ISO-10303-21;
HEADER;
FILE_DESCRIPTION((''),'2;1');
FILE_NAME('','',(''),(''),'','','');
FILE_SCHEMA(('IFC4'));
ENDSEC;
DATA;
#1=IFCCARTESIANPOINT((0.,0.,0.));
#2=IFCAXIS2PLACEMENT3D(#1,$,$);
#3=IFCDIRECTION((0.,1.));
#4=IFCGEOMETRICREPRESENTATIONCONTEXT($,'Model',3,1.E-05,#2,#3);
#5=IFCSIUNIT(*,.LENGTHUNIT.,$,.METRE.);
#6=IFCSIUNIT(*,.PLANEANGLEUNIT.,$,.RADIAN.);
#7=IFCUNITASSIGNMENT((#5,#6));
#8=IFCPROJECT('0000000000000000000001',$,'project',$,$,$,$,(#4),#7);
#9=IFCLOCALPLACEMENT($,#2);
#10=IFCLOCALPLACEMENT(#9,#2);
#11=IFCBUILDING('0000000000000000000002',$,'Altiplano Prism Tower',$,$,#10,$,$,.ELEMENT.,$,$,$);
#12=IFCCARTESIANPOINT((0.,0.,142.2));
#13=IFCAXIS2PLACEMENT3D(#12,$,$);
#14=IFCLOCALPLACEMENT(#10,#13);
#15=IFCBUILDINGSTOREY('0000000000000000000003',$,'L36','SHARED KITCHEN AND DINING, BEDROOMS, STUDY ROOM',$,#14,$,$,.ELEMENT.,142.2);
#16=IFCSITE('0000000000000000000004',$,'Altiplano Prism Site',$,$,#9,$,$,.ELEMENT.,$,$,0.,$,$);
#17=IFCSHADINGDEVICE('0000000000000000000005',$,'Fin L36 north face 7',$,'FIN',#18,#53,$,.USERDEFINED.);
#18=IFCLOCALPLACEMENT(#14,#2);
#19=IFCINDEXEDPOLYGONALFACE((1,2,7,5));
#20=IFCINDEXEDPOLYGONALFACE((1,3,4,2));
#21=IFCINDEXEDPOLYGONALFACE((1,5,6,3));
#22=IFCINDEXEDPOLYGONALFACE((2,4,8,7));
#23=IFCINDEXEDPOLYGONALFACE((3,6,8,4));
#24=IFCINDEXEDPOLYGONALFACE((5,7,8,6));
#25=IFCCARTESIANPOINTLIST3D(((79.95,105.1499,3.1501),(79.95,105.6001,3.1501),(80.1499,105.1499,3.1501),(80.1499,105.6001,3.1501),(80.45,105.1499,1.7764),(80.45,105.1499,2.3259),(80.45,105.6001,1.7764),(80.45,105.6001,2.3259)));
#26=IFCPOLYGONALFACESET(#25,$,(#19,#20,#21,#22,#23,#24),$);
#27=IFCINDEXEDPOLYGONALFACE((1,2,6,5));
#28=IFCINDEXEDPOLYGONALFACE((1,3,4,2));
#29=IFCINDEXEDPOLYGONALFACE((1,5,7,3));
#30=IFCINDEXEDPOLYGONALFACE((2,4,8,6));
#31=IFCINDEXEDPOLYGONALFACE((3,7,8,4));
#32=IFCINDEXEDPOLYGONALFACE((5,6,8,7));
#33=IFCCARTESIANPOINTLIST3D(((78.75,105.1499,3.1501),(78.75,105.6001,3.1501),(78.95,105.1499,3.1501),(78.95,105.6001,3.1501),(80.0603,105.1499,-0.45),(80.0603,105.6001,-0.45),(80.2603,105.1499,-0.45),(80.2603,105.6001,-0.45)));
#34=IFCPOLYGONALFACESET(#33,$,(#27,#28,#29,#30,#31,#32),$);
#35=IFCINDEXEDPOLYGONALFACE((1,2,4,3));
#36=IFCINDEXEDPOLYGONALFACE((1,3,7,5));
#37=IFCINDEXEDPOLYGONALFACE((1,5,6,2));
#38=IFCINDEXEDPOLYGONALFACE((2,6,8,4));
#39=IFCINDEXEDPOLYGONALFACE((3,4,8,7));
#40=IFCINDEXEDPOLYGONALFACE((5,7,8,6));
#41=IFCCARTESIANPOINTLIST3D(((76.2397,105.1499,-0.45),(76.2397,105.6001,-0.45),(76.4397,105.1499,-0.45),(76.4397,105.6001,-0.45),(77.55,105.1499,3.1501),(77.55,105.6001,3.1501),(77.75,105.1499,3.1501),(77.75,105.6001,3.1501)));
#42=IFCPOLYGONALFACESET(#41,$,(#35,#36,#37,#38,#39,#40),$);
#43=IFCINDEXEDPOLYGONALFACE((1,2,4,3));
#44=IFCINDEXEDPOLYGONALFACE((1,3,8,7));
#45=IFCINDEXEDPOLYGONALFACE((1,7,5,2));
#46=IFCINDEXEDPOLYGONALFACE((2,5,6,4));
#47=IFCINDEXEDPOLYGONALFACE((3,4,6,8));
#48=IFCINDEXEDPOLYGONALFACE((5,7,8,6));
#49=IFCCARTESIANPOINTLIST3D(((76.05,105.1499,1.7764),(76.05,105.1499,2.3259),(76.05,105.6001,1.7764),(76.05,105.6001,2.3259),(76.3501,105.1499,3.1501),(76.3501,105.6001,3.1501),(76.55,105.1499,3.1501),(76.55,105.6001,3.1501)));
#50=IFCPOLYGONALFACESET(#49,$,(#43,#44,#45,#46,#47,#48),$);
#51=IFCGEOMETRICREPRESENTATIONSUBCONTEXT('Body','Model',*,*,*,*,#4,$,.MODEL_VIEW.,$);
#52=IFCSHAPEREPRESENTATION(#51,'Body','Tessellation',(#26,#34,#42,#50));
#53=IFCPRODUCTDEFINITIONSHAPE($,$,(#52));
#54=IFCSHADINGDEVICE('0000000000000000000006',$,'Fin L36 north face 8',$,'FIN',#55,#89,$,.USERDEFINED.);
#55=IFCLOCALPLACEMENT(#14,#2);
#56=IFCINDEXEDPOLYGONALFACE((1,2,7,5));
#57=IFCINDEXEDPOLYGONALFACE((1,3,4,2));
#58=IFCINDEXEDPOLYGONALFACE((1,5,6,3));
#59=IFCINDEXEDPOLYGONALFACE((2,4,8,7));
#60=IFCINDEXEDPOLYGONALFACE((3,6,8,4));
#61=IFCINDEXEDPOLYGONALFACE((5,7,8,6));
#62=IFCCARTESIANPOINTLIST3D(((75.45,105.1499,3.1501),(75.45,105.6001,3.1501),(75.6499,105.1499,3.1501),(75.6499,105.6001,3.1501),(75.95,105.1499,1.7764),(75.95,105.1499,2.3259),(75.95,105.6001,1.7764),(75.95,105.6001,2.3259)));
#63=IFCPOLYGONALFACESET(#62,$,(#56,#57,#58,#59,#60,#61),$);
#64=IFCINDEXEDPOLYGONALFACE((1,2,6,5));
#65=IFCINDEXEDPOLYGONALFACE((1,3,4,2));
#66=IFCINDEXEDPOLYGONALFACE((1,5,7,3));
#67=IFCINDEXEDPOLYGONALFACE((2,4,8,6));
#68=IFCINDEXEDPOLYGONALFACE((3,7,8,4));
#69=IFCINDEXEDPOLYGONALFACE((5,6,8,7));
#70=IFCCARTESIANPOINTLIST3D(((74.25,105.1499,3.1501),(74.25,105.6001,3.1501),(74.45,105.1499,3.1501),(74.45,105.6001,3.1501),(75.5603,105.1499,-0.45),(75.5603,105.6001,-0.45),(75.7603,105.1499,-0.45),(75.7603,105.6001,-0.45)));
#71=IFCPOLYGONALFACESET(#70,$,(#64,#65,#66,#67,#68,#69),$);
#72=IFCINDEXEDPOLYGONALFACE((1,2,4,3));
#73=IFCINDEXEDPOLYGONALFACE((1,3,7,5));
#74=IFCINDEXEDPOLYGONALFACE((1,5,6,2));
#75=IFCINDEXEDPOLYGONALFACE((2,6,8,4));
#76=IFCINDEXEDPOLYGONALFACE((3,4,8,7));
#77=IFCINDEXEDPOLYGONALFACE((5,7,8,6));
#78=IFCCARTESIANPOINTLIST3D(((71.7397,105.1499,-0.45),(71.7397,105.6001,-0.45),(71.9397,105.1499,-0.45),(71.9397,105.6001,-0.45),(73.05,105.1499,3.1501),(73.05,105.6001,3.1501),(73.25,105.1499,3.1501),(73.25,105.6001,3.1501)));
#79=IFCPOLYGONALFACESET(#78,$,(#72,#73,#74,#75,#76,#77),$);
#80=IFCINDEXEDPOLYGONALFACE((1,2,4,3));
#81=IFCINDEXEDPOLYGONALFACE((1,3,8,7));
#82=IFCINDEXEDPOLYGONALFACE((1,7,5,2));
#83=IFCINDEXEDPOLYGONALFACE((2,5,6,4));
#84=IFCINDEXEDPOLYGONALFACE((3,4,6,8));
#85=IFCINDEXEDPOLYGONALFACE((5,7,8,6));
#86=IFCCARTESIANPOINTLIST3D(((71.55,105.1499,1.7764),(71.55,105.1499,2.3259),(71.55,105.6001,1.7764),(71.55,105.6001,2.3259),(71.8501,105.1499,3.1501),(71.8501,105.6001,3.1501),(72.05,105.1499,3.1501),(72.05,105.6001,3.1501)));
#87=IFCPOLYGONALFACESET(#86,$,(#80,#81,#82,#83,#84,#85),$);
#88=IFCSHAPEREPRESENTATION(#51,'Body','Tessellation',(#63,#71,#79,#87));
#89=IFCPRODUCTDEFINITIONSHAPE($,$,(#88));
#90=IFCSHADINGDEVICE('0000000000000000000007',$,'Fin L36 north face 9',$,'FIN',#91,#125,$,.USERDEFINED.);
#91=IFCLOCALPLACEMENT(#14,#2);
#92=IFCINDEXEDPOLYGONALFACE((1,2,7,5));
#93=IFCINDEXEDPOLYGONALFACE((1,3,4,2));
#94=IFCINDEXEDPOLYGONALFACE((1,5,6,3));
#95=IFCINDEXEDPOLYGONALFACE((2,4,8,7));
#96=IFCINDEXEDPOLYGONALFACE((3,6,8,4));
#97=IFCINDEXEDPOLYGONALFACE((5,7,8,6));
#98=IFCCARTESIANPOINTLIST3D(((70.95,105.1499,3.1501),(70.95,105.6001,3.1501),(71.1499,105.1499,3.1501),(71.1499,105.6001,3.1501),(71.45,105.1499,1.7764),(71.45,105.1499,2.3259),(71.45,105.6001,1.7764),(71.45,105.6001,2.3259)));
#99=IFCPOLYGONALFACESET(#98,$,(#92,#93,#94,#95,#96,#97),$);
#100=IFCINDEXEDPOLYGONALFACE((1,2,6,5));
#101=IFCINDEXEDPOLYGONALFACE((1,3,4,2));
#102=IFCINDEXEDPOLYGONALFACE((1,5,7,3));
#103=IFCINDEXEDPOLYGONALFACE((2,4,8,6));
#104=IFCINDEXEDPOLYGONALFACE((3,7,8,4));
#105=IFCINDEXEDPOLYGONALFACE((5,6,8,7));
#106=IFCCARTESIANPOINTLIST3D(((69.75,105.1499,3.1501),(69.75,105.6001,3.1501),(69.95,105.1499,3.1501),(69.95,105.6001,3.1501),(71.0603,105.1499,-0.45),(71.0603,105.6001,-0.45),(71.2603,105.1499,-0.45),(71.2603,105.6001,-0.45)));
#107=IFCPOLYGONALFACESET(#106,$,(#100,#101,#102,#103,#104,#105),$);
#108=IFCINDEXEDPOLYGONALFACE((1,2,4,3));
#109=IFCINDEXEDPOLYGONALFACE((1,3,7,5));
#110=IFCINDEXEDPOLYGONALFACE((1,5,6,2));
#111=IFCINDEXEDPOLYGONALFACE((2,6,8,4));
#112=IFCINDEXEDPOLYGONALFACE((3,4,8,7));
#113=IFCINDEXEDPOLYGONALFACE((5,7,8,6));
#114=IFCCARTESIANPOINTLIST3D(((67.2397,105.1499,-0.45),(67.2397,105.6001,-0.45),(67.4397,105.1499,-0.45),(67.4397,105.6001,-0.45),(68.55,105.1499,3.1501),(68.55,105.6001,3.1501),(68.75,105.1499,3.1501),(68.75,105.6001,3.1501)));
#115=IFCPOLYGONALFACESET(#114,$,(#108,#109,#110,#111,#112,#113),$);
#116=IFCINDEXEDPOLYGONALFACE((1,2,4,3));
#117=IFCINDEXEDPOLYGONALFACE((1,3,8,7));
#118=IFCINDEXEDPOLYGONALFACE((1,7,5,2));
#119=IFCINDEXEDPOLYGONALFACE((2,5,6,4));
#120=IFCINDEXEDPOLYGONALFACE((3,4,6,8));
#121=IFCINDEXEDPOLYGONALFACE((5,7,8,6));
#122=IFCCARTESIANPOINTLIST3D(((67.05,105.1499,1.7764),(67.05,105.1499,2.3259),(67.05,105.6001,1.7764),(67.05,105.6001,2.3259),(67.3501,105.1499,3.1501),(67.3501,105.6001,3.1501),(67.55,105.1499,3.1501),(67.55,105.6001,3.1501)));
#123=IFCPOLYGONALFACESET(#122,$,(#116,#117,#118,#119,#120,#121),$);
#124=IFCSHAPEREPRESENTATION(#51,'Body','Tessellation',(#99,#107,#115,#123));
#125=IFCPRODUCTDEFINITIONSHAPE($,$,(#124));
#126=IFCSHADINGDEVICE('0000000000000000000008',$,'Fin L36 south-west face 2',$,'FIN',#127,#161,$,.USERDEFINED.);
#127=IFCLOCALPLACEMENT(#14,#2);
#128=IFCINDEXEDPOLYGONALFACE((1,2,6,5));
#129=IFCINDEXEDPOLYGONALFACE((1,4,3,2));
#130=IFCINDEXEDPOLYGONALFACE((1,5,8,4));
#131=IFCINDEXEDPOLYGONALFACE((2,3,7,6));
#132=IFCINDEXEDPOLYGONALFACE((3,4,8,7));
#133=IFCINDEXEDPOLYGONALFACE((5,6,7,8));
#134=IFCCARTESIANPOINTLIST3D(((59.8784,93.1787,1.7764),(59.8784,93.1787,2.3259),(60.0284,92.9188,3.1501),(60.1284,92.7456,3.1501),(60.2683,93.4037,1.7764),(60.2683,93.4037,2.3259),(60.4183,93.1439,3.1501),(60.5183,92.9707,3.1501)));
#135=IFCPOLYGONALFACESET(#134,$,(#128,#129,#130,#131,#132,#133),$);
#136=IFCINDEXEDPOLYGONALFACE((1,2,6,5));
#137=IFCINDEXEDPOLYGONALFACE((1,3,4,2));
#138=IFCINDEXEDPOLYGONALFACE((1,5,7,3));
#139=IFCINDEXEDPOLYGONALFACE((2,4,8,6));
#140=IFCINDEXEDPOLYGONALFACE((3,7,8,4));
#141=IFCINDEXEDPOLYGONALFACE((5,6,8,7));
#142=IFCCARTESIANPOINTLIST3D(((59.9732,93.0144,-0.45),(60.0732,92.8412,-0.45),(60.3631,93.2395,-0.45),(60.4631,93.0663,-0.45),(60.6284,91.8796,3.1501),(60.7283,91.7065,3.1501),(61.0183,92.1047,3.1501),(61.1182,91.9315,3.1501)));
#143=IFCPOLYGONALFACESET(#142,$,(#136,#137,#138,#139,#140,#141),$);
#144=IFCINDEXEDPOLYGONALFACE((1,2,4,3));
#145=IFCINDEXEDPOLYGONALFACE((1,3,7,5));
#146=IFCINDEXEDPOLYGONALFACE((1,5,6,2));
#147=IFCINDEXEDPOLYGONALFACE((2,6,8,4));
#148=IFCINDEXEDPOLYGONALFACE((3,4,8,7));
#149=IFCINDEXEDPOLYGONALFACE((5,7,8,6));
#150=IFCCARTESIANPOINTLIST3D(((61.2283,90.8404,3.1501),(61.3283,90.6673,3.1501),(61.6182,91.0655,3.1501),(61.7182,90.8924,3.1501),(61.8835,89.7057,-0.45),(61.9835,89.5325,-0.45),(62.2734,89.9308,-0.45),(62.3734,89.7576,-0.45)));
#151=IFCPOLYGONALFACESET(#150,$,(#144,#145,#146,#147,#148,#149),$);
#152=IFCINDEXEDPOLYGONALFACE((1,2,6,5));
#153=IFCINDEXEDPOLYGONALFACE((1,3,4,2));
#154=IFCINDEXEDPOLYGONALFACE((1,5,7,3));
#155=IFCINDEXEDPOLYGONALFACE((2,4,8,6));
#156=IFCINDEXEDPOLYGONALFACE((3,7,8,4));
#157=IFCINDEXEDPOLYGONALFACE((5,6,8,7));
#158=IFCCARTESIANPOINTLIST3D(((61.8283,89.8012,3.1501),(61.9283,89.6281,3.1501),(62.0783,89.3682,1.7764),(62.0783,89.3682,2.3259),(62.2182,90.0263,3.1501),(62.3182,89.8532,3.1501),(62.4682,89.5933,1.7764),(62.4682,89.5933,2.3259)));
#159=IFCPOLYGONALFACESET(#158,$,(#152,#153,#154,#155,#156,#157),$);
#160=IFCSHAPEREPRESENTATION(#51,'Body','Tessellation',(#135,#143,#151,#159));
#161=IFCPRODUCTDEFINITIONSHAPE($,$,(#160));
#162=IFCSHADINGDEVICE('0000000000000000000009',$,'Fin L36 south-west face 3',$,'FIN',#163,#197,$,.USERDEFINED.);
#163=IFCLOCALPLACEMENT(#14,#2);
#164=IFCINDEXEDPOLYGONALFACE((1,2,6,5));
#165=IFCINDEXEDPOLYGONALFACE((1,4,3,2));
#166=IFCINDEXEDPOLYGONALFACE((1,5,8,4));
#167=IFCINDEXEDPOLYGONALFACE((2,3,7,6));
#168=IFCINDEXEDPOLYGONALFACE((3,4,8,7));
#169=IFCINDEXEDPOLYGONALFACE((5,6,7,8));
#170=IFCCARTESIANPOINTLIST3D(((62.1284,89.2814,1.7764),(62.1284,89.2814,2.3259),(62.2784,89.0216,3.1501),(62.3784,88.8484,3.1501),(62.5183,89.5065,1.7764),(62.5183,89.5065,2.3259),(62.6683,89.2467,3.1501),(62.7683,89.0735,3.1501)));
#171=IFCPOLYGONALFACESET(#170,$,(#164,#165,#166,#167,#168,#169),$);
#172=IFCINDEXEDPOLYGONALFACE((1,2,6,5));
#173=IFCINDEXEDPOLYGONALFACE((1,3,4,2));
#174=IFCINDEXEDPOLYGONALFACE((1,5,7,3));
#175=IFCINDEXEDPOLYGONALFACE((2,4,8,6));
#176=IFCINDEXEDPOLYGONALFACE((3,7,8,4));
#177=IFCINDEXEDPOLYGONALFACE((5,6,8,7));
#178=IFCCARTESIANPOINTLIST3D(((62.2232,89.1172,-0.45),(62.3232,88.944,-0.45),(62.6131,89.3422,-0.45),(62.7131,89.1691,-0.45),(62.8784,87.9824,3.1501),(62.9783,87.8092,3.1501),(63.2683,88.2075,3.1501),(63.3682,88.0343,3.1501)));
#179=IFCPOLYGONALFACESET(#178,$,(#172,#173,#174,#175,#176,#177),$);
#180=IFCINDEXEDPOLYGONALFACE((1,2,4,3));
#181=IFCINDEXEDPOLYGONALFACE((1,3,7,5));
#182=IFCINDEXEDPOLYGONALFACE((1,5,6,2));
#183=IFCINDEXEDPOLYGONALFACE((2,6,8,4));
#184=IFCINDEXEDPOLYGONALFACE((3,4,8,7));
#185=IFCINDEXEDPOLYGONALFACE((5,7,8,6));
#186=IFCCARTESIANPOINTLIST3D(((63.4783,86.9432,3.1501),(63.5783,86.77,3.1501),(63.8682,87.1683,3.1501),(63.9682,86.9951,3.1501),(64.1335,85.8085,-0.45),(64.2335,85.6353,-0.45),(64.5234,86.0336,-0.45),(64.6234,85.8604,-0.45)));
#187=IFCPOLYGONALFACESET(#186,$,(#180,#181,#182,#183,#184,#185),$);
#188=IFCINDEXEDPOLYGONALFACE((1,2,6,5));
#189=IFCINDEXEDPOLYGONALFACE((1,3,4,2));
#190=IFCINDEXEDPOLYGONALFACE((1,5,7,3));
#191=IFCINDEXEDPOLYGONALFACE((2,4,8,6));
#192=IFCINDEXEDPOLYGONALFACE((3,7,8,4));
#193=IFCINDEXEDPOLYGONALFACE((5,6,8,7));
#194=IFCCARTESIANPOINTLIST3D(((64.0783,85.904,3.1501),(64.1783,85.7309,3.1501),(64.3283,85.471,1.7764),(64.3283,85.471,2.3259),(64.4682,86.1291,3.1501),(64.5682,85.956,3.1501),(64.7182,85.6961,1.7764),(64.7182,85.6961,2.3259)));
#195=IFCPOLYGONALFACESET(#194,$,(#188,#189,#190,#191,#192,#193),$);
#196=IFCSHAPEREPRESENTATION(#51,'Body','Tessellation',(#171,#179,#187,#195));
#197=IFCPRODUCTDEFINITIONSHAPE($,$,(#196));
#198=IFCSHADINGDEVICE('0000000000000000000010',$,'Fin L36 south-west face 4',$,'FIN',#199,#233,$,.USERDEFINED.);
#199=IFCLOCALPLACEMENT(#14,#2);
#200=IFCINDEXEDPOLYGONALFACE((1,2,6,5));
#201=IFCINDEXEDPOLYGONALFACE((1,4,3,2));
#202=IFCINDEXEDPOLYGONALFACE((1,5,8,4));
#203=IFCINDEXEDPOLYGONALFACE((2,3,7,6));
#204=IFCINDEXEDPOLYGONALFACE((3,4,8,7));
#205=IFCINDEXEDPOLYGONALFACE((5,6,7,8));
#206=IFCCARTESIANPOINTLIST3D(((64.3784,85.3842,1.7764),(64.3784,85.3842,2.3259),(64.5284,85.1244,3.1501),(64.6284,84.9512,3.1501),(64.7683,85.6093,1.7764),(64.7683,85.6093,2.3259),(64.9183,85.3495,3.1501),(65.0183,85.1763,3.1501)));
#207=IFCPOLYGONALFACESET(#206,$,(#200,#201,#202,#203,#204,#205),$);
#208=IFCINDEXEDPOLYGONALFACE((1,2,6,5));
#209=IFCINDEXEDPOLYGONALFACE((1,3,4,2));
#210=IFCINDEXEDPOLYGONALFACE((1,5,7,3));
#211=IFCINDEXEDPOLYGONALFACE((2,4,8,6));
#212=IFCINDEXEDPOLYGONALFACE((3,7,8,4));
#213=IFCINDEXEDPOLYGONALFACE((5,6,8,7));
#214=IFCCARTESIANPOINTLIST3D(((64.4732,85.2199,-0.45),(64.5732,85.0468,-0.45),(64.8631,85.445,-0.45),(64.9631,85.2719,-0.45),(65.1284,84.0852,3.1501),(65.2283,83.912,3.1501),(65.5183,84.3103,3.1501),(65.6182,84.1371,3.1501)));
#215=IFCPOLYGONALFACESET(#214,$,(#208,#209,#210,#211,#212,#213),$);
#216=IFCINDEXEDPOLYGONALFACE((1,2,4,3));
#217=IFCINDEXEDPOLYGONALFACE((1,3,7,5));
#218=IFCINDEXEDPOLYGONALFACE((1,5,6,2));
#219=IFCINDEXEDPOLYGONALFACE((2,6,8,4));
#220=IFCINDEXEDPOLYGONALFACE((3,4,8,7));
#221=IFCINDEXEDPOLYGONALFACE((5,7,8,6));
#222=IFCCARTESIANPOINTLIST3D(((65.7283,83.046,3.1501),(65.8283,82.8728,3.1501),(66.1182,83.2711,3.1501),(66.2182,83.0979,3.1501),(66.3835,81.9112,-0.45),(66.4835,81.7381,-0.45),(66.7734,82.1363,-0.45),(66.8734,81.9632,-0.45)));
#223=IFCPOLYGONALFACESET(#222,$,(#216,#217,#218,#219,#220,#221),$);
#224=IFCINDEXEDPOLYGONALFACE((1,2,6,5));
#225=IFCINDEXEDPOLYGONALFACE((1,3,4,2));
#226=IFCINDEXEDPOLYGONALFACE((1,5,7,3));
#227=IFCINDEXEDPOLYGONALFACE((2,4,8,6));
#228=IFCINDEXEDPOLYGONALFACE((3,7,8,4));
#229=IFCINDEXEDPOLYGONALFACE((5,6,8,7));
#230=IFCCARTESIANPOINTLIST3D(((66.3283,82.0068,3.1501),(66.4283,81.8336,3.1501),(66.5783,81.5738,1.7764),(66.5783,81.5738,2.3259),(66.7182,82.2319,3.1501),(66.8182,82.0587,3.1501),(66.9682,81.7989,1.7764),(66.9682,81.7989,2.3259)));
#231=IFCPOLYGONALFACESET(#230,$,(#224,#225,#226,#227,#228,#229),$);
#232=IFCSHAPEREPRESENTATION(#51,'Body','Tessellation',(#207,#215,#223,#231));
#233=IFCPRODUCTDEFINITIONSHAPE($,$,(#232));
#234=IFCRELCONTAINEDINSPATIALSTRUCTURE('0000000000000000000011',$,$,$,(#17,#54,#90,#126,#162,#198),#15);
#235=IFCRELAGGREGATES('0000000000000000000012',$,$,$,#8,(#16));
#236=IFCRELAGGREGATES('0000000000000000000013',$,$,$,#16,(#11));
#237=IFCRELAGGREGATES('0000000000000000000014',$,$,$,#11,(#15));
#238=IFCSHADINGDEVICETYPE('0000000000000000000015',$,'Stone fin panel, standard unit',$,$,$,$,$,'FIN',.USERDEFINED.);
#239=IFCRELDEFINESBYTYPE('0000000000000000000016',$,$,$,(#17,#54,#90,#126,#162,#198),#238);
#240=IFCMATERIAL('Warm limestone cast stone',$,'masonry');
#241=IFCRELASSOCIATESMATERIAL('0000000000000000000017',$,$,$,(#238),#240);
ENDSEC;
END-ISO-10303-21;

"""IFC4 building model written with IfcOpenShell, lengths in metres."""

from ifc_helpers import new_model, si_unit, direction, frame, origin, place, context, subcontext, project, spatial, polyline, outline, extrude, source, transform, mapped, material, type_object, element, save


model = new_model("IFC4")

# Units and contexts
model_context = context("Model", 3, precision=1e-05, world=origin(), true_north=direction((0.0, 1.0)))
body_context = subcontext(model_context, "Body", "Model", "MODEL_VIEW")
ifc_project = project(units=[si_unit("LENGTHUNIT", "METRE"), si_unit("PLANEANGLEUNIT", "RADIAN")], contexts=[model_context])

# Site, building, storey
site_placement = place(None, origin())
site = spatial("IfcSite", under=ifc_project, at=site_placement, Name="Altiplano Prism Site", CompositionType="ELEMENT", RefElevation=0.0)
building_placement = place(site_placement, origin())
building = spatial("IfcBuilding", under=site, at=building_placement, Name="Altiplano Prism Tower", CompositionType="ELEMENT")
storey_placement = place(building_placement, frame((0.0, 0.0, 142.2)))
storey = spatial("IfcBuildingStorey", under=building, at=storey_placement, Name="L36", Description="SHARED KITCHEN AND DINING, BEDROOMS, STUDY ROOM", CompositionType="ELEMENT", Elevation=142.2)

# Shading devices
ifc_material_1 = material(Name="Warm limestone cast stone", Category="masonry")
shading_device_type_1 = type_object("IfcShadingDeviceType", Name="Stone fin panel, standard unit", ElementType="FIN", PredefinedType="USERDEFINED", material=ifc_material_1)
shared_shape_1 = source(origin(), body_context, "Body", "SweptSolid", [
    extrude(outline(polyline([(-2.2, 2.2263), (-1.7, 3.6001), (-1.8999, 3.6001), (-2.2, 2.7759), (-2.2, 2.2263)])), frame((0.0, -0.1499, 0.0), z_axis=(0.0, -1.0, 0.0), x_axis=(1.0, 0.0, 0.0)), (0.0, 0.0, 1.0), 0.4502),
    extrude(outline(polyline([(-2.0103, 0.0), (-1.8103, 0.0), (-0.5, 3.6001), (-0.7, 3.6001), (-2.0103, 0.0)])), frame((0.0, -0.1499, 0.0), z_axis=(0.0, -1.0, 0.0), x_axis=(1.0, 0.0, 0.0)), (0.0, 0.0, 1.0), 0.4502),
    extrude(outline(polyline([(1.8103, 0.0), (2.0103, 0.0), (0.7, 3.6001), (0.5, 3.6001), (1.8103, 0.0)])), frame((0.0, -0.1499, 0.0), z_axis=(0.0, -1.0, 0.0), x_axis=(1.0, 0.0, 0.0)), (0.0, 0.0, 1.0), 0.4502),
    extrude(outline(polyline([(2.2, 2.7759), (1.8999, 3.6001), (1.7, 3.6001), (2.2, 2.2263), (2.2, 2.7759)])), frame((0.0, -0.1499, 0.0), z_axis=(0.0, -1.0, 0.0), x_axis=(1.0, 0.0, 0.0)), (0.0, 0.0, 1.0), 0.4502),
])
shading_device_1_placement = place(storey_placement, origin())
element("IfcShadingDevice", 1, at=shading_device_1_placement, inside=storey, type_object=shading_device_type_1, Name="Fin L36 north face 7", ObjectType="FIN", PredefinedType="USERDEFINED", context=body_context, shape_type="MappedRepresentation", body=[
    mapped(shared_shape_1, transform((78.25, 105.0, -0.45), x_axis=(-1.0, 0.0, 0.0), y_axis=(0.0, -1.0, 0.0), z_axis=(0.0, 0.0, 1.0))),
])
shading_device_2_placement = place(storey_placement, origin())
element("IfcShadingDevice", 2, at=shading_device_2_placement, inside=storey, type_object=shading_device_type_1, Name="Fin L36 north face 8", ObjectType="FIN", PredefinedType="USERDEFINED", context=body_context, shape_type="MappedRepresentation", body=[
    mapped(shared_shape_1, transform((73.75, 105.0, -0.45), x_axis=(-1.0, 0.0, 0.0), y_axis=(0.0, -1.0, 0.0), z_axis=(0.0, 0.0, 1.0))),
])
shading_device_3_placement = place(storey_placement, origin())
element("IfcShadingDevice", 3, at=shading_device_3_placement, inside=storey, type_object=shading_device_type_1, Name="Fin L36 north face 9", ObjectType="FIN", PredefinedType="USERDEFINED", context=body_context, shape_type="MappedRepresentation", body=[
    mapped(shared_shape_1, transform((69.25, 105.0, -0.45), x_axis=(-1.0, 0.0, 0.0), y_axis=(0.0, -1.0, 0.0), z_axis=(0.0, 0.0, 1.0))),
])
shading_device_4_placement = place(storey_placement, origin())
element("IfcShadingDevice", 4, at=shading_device_4_placement, inside=storey, type_object=shading_device_type_1, Name="Fin L36 south-west face 2", ObjectType="FIN", PredefinedType="USERDEFINED", context=body_context, shape_type="MappedRepresentation", body=[
    mapped(shared_shape_1, transform((61.498, 91.5735, -0.45), x_axis=(0.5, -0.866025, 0.0), y_axis=(0.866025, 0.5, 0.0), z_axis=(0.0, 0.0, 1.0))),
])
shading_device_5_placement = place(storey_placement, origin())
element("IfcShadingDevice", 5, at=shading_device_5_placement, inside=storey, type_object=shading_device_type_1, Name="Fin L36 south-west face 3", ObjectType="FIN", PredefinedType="USERDEFINED", context=body_context, shape_type="MappedRepresentation", body=[
    mapped(shared_shape_1, transform((63.748, 87.6763, -0.45), x_axis=(0.5, -0.866025, 0.0), y_axis=(0.866025, 0.5, 0.0), z_axis=(0.0, 0.0, 1.0))),
])
shading_device_6_placement = place(storey_placement, origin())
element("IfcShadingDevice", 6, at=shading_device_6_placement, inside=storey, type_object=shading_device_type_1, Name="Fin L36 south-west face 4", ObjectType="FIN", PredefinedType="USERDEFINED", context=body_context, shape_type="MappedRepresentation", body=[
    mapped(shared_shape_1, transform((65.998, 83.7791, -0.45), x_axis=(0.5, -0.866025, 0.0), y_axis=(0.866025, 0.5, 0.0), z_axis=(0.0, 0.0, 1.0))),
])

save(model, "model.ifc")
